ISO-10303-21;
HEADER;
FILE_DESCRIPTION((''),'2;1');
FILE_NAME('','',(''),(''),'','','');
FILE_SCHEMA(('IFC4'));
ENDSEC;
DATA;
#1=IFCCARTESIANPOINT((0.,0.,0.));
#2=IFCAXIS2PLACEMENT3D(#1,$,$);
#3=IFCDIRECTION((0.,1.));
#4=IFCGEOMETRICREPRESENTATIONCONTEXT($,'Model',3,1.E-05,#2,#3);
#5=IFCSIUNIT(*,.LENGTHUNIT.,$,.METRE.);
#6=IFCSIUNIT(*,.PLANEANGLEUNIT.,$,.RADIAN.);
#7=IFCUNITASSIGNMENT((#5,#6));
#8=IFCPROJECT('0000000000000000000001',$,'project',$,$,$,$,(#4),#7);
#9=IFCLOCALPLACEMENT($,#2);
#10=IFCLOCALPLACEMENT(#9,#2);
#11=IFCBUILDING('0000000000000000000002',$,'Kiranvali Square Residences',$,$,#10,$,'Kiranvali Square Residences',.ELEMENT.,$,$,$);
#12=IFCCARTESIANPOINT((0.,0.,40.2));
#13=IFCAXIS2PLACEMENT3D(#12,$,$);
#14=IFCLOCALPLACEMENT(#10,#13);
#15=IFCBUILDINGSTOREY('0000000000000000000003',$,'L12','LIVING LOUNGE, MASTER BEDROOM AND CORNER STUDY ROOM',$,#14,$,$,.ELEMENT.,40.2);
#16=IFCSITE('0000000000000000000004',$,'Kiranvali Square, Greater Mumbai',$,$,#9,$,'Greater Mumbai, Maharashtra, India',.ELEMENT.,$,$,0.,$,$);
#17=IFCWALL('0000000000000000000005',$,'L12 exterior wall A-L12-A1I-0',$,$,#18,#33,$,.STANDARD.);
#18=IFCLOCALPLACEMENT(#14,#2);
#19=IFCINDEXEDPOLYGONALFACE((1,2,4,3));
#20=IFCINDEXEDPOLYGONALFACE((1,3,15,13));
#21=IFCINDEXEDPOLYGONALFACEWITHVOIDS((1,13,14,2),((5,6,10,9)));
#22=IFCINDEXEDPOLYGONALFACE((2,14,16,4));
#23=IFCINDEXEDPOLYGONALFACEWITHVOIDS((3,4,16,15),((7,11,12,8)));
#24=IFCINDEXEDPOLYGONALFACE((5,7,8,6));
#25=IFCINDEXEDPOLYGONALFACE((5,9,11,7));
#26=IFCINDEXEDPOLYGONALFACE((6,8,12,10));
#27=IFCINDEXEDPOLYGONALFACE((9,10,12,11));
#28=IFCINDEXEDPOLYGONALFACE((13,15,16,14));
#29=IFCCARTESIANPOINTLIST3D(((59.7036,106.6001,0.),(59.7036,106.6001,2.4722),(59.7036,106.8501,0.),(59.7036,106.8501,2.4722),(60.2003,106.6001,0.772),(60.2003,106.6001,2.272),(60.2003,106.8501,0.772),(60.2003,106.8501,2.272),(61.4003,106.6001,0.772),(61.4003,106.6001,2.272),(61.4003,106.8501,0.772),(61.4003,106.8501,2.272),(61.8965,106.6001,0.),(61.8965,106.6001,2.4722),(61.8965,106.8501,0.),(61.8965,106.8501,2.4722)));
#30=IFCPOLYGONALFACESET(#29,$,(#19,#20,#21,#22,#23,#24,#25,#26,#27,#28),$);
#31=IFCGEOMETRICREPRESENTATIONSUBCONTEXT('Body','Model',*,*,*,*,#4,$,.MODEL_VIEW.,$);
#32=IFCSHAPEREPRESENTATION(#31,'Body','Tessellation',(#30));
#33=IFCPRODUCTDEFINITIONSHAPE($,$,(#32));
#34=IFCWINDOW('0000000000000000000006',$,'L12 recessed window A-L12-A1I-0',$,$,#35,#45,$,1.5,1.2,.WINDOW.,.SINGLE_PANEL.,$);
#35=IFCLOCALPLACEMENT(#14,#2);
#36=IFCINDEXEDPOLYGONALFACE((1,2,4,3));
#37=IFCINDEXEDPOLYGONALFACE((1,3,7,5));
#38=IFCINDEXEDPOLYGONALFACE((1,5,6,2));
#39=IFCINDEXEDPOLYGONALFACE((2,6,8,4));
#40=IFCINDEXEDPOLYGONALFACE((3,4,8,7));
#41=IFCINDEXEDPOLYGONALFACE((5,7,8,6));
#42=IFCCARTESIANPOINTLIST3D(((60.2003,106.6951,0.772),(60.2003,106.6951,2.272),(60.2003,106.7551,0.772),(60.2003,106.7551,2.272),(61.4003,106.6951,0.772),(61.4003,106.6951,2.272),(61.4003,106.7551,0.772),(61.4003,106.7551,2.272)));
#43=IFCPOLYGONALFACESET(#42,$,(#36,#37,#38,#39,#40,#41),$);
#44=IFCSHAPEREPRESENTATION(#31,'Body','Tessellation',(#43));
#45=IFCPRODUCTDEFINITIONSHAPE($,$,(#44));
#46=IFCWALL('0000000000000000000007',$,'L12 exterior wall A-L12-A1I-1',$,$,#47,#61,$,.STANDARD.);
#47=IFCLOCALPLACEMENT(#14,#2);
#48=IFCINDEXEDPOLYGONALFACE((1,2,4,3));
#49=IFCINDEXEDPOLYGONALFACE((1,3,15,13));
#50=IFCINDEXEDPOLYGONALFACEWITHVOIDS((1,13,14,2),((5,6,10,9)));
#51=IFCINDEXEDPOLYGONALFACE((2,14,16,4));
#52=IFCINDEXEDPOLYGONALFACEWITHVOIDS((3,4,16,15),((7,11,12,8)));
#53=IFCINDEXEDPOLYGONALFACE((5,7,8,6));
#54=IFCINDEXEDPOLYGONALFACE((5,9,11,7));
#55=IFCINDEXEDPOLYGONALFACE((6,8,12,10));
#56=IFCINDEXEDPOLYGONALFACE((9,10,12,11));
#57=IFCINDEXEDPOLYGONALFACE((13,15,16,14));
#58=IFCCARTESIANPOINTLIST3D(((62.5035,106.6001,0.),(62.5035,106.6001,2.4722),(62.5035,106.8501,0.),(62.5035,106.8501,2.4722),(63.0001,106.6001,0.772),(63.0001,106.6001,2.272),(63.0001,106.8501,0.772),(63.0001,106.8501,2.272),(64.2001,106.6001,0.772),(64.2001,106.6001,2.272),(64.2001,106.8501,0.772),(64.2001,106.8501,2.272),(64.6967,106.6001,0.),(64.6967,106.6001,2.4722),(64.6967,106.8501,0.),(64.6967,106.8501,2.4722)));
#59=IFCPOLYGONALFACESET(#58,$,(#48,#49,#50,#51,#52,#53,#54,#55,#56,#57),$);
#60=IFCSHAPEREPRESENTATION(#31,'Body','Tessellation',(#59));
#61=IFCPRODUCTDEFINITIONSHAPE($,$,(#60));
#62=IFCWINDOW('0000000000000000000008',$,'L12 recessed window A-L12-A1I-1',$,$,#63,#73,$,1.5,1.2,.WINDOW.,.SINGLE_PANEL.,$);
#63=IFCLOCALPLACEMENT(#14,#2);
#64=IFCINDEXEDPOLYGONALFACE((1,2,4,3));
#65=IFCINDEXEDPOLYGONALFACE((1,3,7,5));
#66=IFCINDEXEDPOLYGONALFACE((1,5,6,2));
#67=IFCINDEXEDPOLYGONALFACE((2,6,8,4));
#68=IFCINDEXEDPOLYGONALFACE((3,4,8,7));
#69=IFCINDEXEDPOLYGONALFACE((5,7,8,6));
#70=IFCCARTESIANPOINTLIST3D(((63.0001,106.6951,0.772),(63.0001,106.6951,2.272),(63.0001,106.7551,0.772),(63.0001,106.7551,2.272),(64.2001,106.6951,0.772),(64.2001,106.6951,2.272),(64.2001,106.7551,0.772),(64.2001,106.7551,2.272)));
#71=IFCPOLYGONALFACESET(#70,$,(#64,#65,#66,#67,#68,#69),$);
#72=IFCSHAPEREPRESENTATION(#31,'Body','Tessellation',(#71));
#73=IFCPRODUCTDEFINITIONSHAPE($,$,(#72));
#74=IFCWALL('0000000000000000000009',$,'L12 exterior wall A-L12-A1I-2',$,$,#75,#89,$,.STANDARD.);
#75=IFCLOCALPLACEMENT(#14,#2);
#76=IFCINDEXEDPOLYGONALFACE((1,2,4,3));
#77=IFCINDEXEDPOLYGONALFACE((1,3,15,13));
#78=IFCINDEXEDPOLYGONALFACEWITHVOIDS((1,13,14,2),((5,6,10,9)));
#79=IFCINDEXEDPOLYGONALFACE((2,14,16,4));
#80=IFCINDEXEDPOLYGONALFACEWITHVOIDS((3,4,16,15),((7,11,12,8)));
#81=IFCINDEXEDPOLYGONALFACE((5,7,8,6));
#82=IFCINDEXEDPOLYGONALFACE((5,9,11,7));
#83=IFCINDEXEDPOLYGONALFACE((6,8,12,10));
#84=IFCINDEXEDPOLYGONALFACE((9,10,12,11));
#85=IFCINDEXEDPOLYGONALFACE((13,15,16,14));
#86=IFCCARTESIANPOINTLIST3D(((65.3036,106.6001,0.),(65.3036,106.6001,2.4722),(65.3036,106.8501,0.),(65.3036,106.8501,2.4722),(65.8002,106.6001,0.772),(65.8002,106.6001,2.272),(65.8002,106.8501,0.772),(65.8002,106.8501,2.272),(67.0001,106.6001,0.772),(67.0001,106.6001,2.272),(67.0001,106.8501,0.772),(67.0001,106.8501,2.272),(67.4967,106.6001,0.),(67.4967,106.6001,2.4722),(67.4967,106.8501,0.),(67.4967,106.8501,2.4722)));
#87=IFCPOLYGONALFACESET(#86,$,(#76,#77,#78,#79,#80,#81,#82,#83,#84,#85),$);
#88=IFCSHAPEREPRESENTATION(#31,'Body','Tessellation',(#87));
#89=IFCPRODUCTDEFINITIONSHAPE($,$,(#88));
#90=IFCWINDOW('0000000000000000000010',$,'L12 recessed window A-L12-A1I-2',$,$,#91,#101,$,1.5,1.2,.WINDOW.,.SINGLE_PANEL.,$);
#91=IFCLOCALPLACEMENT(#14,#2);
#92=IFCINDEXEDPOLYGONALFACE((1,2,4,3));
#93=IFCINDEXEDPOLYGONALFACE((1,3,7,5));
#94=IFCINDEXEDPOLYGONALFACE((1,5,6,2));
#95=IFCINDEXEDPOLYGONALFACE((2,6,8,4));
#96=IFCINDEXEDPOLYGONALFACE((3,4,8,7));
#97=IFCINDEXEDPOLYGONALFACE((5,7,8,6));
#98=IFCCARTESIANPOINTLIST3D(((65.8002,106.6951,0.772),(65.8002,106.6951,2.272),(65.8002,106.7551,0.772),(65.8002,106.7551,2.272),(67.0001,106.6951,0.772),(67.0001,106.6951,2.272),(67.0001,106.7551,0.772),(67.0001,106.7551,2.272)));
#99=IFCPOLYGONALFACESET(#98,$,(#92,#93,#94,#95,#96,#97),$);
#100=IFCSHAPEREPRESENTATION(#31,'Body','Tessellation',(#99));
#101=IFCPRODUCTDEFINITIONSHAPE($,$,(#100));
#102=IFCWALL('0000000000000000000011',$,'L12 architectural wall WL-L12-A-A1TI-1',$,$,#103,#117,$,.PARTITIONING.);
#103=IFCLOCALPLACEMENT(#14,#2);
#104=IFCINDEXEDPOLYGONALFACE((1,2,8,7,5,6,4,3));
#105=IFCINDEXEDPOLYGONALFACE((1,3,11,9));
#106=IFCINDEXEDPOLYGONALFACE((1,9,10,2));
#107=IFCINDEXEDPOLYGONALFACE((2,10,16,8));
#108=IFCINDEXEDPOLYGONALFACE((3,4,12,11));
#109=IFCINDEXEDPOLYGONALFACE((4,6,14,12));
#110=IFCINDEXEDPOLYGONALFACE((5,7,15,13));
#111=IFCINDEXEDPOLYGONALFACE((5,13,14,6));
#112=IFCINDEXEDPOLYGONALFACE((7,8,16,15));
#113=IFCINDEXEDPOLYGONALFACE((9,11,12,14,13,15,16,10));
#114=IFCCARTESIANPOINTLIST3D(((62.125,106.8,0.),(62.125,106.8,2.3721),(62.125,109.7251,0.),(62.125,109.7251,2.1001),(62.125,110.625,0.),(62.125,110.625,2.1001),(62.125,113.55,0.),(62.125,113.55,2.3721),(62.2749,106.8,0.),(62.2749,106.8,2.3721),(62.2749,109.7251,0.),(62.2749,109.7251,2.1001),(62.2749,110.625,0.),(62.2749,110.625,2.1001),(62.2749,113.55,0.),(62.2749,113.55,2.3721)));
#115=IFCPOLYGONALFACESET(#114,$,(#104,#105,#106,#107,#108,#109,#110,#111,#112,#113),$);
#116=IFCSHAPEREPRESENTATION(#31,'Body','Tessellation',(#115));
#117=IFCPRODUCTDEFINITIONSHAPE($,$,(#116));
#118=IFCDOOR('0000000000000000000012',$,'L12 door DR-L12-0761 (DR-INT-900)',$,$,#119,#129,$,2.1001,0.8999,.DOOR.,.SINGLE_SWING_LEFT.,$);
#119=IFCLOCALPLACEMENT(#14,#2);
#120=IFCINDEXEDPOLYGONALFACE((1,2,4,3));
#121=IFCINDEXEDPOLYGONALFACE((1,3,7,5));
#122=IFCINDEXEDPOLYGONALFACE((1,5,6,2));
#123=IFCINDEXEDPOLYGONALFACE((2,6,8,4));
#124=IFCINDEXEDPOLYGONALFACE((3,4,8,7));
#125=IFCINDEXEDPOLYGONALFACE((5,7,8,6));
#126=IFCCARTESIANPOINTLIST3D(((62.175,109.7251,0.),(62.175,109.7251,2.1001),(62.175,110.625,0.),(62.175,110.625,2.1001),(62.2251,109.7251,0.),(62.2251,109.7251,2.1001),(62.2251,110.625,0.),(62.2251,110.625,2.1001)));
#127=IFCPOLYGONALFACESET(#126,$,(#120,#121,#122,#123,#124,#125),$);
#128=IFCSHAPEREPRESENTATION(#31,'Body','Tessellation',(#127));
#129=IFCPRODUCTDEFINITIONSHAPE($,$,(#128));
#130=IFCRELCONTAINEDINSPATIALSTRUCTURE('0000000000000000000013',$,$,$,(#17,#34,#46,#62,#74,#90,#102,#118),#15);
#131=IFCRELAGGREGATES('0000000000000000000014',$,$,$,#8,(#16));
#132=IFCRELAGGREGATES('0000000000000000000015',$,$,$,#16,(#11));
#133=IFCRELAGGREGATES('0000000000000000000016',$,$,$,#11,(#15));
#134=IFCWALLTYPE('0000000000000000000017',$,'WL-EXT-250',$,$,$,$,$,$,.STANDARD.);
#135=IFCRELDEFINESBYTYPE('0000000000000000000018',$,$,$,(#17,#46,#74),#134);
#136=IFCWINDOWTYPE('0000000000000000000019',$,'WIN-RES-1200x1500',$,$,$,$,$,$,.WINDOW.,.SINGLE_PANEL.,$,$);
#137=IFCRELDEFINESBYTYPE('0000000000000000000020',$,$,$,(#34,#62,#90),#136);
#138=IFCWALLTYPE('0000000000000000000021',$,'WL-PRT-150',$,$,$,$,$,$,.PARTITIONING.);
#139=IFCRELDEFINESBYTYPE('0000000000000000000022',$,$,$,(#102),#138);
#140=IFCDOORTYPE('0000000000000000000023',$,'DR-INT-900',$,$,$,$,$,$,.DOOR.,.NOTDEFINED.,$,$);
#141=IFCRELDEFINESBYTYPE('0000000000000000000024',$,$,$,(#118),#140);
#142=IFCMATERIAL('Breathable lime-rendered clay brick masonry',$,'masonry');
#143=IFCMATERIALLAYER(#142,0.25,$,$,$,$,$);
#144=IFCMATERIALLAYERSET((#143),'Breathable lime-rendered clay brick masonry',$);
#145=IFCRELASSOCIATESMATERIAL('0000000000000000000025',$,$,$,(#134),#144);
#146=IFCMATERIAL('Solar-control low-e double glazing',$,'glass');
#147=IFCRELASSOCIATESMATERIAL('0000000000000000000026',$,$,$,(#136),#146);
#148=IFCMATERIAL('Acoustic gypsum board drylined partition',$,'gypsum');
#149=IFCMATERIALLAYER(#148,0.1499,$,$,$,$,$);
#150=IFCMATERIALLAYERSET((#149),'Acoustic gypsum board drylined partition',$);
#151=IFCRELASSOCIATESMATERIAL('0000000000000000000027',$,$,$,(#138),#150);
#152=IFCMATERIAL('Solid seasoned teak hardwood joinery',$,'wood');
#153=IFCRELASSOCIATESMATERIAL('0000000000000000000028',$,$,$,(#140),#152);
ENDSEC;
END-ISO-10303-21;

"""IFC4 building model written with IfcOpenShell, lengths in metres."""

from ifc_helpers import new_model, si_unit, direction, frame, frame_2d, origin, place, context, subcontext, project, spatial, rectangle, extrude, material, layer, layer_set, type_object, element, fill, save


model = new_model("IFC4")

# Units and contexts
model_context = context("Model", 3, precision=1e-05, world=origin(), true_north=direction((0.0, 1.0)))
body_context = subcontext(model_context, "Body", "Model", "MODEL_VIEW")
ifc_project = project(units=[si_unit("LENGTHUNIT", "METRE"), si_unit("PLANEANGLEUNIT", "RADIAN")], contexts=[model_context])

# Site, building, storey
site_placement = place(None, origin())
site = spatial("IfcSite", under=ifc_project, at=site_placement, Name="Kiranvali Square, Greater Mumbai", LongName="Greater Mumbai, Maharashtra, India", CompositionType="ELEMENT", RefElevation=0.0)
building_placement = place(site_placement, origin())
building = spatial("IfcBuilding", under=site, at=building_placement, Name="Kiranvali Square Residences", LongName="Kiranvali Square Residences", CompositionType="ELEMENT")
storey_placement = place(building_placement, frame((0.0, 0.0, 40.2)))
storey = spatial("IfcBuildingStorey", under=building, at=storey_placement, Name="L12", Description="LIVING LOUNGE, MASTER BEDROOM AND CORNER STUDY ROOM", CompositionType="ELEMENT", Elevation=40.2)

# Walls, openings, windows
ifc_material_1 = material(Name="Breathable lime-rendered clay brick masonry", Category="masonry")
ifc_layer_1 = layer(ifc_material_1, 0.25)
ifc_layer_set_1 = layer_set([ifc_layer_1], Name="Breathable lime-rendered clay brick masonry")
wall_type_1 = type_object("IfcWallType", Name="WL-EXT-250", PredefinedType="STANDARD", material=ifc_layer_set_1)
wall_1_placement = place(storey_placement, frame((59.7036, 106.7251, 0.0), z_axis=(0.0, 0.0, 1.0), x_axis=(1.0, 0.0, 0.0)))
wall_1 = element("IfcWall", 1, at=wall_1_placement, inside=storey, type_object=wall_type_1, Name="L12 exterior wall A-L12-A1I-0", PredefinedType="STANDARD", context=body_context, shape_type="SweptSolid", body=[
    extrude(rectangle(XDim=2.1929, YDim=0.25, at=frame_2d((1.0964, 0.0))), origin(), (0.0, 0.0, 1.0), 2.4722),
])
opening_1_placement = place(wall_1_placement, frame((0.4966, 0.0, 0.772)))
opening_1 = element("IfcOpeningElement", 2, at=opening_1_placement, cuts=wall_1, PredefinedType="OPENING", context=body_context, shape_type="SweptSolid", body=[
    extrude(rectangle(XDim=1.2, YDim=1.5, at=frame_2d((0.6001, 0.75))), frame((0.0, 0.135, 0.0), z_axis=(0.0, -1.0, 0.0), x_axis=(1.0, 0.0, 0.0)), (0.0, 0.0, 1.0), 0.27),
])
ifc_material_2 = material(Name="Solar-control low-e double glazing", Category="glass")
window_type = type_object("IfcWindowType", Name="WIN-RES-1200x1500", PartitioningType="SINGLE_PANEL", PredefinedType="WINDOW", material=ifc_material_2)
window_1_placement = place(opening_1_placement, origin())
window_1 = element("IfcWindow", 3, at=window_1_placement, inside=storey, type_object=window_type, Name="L12 recessed window A-L12-A1I-0", OverallHeight=1.5, OverallWidth=1.2, PartitioningType="SINGLE_PANEL", PredefinedType="WINDOW", context=body_context, shape_type="SweptSolid", body=[
    extrude(rectangle(XDim=1.2, YDim=1.5, at=frame_2d((0.6001, 0.75))), frame((0.0, 0.03, 0.0), z_axis=(0.0, -1.0, 0.0), x_axis=(1.0, 0.0, 0.0)), (0.0, 0.0, 1.0), 0.0601),
])
fill(opening_1, window_1)
wall_2_placement = place(storey_placement, frame((62.5034, 106.7251, 0.0), z_axis=(0.0, 0.0, 1.0), x_axis=(1.0, 0.0, 0.0)))
wall_2 = element("IfcWall", 4, at=wall_2_placement, inside=storey, type_object=wall_type_1, Name="L12 exterior wall A-L12-A1I-1", PredefinedType="STANDARD", context=body_context, shape_type="SweptSolid", body=[
    extrude(rectangle(XDim=2.1931, YDim=0.25, at=frame_2d((1.0967, 0.0))), origin(), (0.0, 0.0, 1.0), 2.4722),
])
opening_2_placement = place(wall_2_placement, frame((0.4966, 0.0, 0.772)))
opening_2 = element("IfcOpeningElement", 5, at=opening_2_placement, cuts=wall_2, PredefinedType="OPENING", context=body_context, shape_type="SweptSolid", body=[
    extrude(rectangle(XDim=1.2, YDim=1.5, at=frame_2d((0.6001, 0.75))), frame((0.0, 0.135, 0.0), z_axis=(0.0, -1.0, 0.0), x_axis=(1.0, 0.0, 0.0)), (0.0, 0.0, 1.0), 0.27),
])
window_2_placement = place(opening_2_placement, origin())
window_2 = element("IfcWindow", 6, at=window_2_placement, inside=storey, type_object=window_type, Name="L12 recessed window A-L12-A1I-1", OverallHeight=1.5, OverallWidth=1.2, PartitioningType="SINGLE_PANEL", PredefinedType="WINDOW", context=body_context, shape_type="SweptSolid", body=[
    extrude(rectangle(XDim=1.2, YDim=1.5, at=frame_2d((0.6001, 0.75))), frame((0.0, 0.03, 0.0), z_axis=(0.0, -1.0, 0.0), x_axis=(1.0, 0.0, 0.0)), (0.0, 0.0, 1.0), 0.0601),
])
fill(opening_2, window_2)
wall_3_placement = place(storey_placement, frame((65.3035, 106.7251, 0.0), z_axis=(0.0, 0.0, 1.0), x_axis=(1.0, 0.0, 0.0)))
wall_3 = element("IfcWall", 7, at=wall_3_placement, inside=storey, type_object=wall_type_1, Name="L12 exterior wall A-L12-A1I-2", PredefinedType="STANDARD", context=body_context, shape_type="SweptSolid", body=[
    extrude(rectangle(XDim=2.1931, YDim=0.25, at=frame_2d((1.0967, 0.0))), origin(), (0.0, 0.0, 1.0), 2.4722),
])
opening_3_placement = place(wall_3_placement, frame((0.4966, 0.0, 0.772)))
opening_3 = element("IfcOpeningElement", 8, at=opening_3_placement, cuts=wall_3, PredefinedType="OPENING", context=body_context, shape_type="SweptSolid", body=[
    extrude(rectangle(XDim=1.2, YDim=1.5, at=frame_2d((0.6001, 0.75))), frame((0.0, 0.135, 0.0), z_axis=(0.0, -1.0, 0.0), x_axis=(1.0, 0.0, 0.0)), (0.0, 0.0, 1.0), 0.27),
])
window_3_placement = place(opening_3_placement, origin())
window_3 = element("IfcWindow", 9, at=window_3_placement, inside=storey, type_object=window_type, Name="L12 recessed window A-L12-A1I-2", OverallHeight=1.5, OverallWidth=1.2, PartitioningType="SINGLE_PANEL", PredefinedType="WINDOW", context=body_context, shape_type="SweptSolid", body=[
    extrude(rectangle(XDim=1.2, YDim=1.5, at=frame_2d((0.6001, 0.75))), frame((0.0, 0.03, 0.0), z_axis=(0.0, -1.0, 0.0), x_axis=(1.0, 0.0, 0.0)), (0.0, 0.0, 1.0), 0.0601),
])
fill(opening_3, window_3)

# Wall, opening, door
ifc_material_3 = material(Name="Acoustic gypsum board drylined partition", Category="gypsum")
ifc_layer_2 = layer(ifc_material_3, 0.1499)
ifc_layer_set_2 = layer_set([ifc_layer_2], Name="Acoustic gypsum board drylined partition")
wall_type_2 = type_object("IfcWallType", Name="WL-PRT-150", PredefinedType="PARTITIONING", material=ifc_layer_set_2)
wall_4_placement = place(storey_placement, frame((62.2, 106.8, 0.0), z_axis=(0.0, 0.0, 1.0), x_axis=(0.0, 1.0, 0.0)))
wall_4 = element("IfcWall", 10, at=wall_4_placement, inside=storey, type_object=wall_type_2, Name="L12 architectural wall WL-L12-A-A1TI-1", PredefinedType="PARTITIONING", context=body_context, shape_type="SweptSolid", body=[
    extrude(rectangle(XDim=6.75, YDim=0.1499, at=frame_2d((3.375, 0.0))), origin(), (0.0, 0.0, 1.0), 2.3721),
])
opening_4_placement = place(wall_4_placement, frame((2.925, 0.0, 0.0)))
opening_4 = element("IfcOpeningElement", 11, at=opening_4_placement, cuts=wall_4, PredefinedType="OPENING", context=body_context, shape_type="SweptSolid", body=[
    extrude(rectangle(XDim=0.8999, YDim=2.1001, at=frame_2d((0.45, 1.05))), frame((0.0, 0.085, 0.0), z_axis=(0.0, -1.0, 0.0), x_axis=(1.0, 0.0, 0.0)), (0.0, 0.0, 1.0), 0.1699),
])
ifc_material_4 = material(Name="Solid seasoned teak hardwood joinery", Category="wood")
door_type_1 = type_object("IfcDoorType", Name="DR-INT-900", OperationType="NOTDEFINED", PredefinedType="DOOR", material=ifc_material_4)
door_1_placement = place(opening_4_placement, origin())
door_1 = element("IfcDoor", 12, at=door_1_placement, inside=storey, type_object=door_type_1, Name="L12 door DR-L12-0761 (DR-INT-900)", OperationType="SINGLE_SWING_LEFT", OverallHeight=2.1001, OverallWidth=0.8999, PredefinedType="DOOR", context=body_context, shape_type="SweptSolid", body=[
    extrude(rectangle(XDim=0.8999, YDim=2.1001, at=frame_2d((0.45, 1.05))), frame((0.0, 0.0249, 0.0), z_axis=(0.0, -1.0, 0.0), x_axis=(1.0, 0.0, 0.0)), (0.0, 0.0, 1.0), 0.05),
])
fill(opening_4, door_1)

save(model, "model.ifc")
